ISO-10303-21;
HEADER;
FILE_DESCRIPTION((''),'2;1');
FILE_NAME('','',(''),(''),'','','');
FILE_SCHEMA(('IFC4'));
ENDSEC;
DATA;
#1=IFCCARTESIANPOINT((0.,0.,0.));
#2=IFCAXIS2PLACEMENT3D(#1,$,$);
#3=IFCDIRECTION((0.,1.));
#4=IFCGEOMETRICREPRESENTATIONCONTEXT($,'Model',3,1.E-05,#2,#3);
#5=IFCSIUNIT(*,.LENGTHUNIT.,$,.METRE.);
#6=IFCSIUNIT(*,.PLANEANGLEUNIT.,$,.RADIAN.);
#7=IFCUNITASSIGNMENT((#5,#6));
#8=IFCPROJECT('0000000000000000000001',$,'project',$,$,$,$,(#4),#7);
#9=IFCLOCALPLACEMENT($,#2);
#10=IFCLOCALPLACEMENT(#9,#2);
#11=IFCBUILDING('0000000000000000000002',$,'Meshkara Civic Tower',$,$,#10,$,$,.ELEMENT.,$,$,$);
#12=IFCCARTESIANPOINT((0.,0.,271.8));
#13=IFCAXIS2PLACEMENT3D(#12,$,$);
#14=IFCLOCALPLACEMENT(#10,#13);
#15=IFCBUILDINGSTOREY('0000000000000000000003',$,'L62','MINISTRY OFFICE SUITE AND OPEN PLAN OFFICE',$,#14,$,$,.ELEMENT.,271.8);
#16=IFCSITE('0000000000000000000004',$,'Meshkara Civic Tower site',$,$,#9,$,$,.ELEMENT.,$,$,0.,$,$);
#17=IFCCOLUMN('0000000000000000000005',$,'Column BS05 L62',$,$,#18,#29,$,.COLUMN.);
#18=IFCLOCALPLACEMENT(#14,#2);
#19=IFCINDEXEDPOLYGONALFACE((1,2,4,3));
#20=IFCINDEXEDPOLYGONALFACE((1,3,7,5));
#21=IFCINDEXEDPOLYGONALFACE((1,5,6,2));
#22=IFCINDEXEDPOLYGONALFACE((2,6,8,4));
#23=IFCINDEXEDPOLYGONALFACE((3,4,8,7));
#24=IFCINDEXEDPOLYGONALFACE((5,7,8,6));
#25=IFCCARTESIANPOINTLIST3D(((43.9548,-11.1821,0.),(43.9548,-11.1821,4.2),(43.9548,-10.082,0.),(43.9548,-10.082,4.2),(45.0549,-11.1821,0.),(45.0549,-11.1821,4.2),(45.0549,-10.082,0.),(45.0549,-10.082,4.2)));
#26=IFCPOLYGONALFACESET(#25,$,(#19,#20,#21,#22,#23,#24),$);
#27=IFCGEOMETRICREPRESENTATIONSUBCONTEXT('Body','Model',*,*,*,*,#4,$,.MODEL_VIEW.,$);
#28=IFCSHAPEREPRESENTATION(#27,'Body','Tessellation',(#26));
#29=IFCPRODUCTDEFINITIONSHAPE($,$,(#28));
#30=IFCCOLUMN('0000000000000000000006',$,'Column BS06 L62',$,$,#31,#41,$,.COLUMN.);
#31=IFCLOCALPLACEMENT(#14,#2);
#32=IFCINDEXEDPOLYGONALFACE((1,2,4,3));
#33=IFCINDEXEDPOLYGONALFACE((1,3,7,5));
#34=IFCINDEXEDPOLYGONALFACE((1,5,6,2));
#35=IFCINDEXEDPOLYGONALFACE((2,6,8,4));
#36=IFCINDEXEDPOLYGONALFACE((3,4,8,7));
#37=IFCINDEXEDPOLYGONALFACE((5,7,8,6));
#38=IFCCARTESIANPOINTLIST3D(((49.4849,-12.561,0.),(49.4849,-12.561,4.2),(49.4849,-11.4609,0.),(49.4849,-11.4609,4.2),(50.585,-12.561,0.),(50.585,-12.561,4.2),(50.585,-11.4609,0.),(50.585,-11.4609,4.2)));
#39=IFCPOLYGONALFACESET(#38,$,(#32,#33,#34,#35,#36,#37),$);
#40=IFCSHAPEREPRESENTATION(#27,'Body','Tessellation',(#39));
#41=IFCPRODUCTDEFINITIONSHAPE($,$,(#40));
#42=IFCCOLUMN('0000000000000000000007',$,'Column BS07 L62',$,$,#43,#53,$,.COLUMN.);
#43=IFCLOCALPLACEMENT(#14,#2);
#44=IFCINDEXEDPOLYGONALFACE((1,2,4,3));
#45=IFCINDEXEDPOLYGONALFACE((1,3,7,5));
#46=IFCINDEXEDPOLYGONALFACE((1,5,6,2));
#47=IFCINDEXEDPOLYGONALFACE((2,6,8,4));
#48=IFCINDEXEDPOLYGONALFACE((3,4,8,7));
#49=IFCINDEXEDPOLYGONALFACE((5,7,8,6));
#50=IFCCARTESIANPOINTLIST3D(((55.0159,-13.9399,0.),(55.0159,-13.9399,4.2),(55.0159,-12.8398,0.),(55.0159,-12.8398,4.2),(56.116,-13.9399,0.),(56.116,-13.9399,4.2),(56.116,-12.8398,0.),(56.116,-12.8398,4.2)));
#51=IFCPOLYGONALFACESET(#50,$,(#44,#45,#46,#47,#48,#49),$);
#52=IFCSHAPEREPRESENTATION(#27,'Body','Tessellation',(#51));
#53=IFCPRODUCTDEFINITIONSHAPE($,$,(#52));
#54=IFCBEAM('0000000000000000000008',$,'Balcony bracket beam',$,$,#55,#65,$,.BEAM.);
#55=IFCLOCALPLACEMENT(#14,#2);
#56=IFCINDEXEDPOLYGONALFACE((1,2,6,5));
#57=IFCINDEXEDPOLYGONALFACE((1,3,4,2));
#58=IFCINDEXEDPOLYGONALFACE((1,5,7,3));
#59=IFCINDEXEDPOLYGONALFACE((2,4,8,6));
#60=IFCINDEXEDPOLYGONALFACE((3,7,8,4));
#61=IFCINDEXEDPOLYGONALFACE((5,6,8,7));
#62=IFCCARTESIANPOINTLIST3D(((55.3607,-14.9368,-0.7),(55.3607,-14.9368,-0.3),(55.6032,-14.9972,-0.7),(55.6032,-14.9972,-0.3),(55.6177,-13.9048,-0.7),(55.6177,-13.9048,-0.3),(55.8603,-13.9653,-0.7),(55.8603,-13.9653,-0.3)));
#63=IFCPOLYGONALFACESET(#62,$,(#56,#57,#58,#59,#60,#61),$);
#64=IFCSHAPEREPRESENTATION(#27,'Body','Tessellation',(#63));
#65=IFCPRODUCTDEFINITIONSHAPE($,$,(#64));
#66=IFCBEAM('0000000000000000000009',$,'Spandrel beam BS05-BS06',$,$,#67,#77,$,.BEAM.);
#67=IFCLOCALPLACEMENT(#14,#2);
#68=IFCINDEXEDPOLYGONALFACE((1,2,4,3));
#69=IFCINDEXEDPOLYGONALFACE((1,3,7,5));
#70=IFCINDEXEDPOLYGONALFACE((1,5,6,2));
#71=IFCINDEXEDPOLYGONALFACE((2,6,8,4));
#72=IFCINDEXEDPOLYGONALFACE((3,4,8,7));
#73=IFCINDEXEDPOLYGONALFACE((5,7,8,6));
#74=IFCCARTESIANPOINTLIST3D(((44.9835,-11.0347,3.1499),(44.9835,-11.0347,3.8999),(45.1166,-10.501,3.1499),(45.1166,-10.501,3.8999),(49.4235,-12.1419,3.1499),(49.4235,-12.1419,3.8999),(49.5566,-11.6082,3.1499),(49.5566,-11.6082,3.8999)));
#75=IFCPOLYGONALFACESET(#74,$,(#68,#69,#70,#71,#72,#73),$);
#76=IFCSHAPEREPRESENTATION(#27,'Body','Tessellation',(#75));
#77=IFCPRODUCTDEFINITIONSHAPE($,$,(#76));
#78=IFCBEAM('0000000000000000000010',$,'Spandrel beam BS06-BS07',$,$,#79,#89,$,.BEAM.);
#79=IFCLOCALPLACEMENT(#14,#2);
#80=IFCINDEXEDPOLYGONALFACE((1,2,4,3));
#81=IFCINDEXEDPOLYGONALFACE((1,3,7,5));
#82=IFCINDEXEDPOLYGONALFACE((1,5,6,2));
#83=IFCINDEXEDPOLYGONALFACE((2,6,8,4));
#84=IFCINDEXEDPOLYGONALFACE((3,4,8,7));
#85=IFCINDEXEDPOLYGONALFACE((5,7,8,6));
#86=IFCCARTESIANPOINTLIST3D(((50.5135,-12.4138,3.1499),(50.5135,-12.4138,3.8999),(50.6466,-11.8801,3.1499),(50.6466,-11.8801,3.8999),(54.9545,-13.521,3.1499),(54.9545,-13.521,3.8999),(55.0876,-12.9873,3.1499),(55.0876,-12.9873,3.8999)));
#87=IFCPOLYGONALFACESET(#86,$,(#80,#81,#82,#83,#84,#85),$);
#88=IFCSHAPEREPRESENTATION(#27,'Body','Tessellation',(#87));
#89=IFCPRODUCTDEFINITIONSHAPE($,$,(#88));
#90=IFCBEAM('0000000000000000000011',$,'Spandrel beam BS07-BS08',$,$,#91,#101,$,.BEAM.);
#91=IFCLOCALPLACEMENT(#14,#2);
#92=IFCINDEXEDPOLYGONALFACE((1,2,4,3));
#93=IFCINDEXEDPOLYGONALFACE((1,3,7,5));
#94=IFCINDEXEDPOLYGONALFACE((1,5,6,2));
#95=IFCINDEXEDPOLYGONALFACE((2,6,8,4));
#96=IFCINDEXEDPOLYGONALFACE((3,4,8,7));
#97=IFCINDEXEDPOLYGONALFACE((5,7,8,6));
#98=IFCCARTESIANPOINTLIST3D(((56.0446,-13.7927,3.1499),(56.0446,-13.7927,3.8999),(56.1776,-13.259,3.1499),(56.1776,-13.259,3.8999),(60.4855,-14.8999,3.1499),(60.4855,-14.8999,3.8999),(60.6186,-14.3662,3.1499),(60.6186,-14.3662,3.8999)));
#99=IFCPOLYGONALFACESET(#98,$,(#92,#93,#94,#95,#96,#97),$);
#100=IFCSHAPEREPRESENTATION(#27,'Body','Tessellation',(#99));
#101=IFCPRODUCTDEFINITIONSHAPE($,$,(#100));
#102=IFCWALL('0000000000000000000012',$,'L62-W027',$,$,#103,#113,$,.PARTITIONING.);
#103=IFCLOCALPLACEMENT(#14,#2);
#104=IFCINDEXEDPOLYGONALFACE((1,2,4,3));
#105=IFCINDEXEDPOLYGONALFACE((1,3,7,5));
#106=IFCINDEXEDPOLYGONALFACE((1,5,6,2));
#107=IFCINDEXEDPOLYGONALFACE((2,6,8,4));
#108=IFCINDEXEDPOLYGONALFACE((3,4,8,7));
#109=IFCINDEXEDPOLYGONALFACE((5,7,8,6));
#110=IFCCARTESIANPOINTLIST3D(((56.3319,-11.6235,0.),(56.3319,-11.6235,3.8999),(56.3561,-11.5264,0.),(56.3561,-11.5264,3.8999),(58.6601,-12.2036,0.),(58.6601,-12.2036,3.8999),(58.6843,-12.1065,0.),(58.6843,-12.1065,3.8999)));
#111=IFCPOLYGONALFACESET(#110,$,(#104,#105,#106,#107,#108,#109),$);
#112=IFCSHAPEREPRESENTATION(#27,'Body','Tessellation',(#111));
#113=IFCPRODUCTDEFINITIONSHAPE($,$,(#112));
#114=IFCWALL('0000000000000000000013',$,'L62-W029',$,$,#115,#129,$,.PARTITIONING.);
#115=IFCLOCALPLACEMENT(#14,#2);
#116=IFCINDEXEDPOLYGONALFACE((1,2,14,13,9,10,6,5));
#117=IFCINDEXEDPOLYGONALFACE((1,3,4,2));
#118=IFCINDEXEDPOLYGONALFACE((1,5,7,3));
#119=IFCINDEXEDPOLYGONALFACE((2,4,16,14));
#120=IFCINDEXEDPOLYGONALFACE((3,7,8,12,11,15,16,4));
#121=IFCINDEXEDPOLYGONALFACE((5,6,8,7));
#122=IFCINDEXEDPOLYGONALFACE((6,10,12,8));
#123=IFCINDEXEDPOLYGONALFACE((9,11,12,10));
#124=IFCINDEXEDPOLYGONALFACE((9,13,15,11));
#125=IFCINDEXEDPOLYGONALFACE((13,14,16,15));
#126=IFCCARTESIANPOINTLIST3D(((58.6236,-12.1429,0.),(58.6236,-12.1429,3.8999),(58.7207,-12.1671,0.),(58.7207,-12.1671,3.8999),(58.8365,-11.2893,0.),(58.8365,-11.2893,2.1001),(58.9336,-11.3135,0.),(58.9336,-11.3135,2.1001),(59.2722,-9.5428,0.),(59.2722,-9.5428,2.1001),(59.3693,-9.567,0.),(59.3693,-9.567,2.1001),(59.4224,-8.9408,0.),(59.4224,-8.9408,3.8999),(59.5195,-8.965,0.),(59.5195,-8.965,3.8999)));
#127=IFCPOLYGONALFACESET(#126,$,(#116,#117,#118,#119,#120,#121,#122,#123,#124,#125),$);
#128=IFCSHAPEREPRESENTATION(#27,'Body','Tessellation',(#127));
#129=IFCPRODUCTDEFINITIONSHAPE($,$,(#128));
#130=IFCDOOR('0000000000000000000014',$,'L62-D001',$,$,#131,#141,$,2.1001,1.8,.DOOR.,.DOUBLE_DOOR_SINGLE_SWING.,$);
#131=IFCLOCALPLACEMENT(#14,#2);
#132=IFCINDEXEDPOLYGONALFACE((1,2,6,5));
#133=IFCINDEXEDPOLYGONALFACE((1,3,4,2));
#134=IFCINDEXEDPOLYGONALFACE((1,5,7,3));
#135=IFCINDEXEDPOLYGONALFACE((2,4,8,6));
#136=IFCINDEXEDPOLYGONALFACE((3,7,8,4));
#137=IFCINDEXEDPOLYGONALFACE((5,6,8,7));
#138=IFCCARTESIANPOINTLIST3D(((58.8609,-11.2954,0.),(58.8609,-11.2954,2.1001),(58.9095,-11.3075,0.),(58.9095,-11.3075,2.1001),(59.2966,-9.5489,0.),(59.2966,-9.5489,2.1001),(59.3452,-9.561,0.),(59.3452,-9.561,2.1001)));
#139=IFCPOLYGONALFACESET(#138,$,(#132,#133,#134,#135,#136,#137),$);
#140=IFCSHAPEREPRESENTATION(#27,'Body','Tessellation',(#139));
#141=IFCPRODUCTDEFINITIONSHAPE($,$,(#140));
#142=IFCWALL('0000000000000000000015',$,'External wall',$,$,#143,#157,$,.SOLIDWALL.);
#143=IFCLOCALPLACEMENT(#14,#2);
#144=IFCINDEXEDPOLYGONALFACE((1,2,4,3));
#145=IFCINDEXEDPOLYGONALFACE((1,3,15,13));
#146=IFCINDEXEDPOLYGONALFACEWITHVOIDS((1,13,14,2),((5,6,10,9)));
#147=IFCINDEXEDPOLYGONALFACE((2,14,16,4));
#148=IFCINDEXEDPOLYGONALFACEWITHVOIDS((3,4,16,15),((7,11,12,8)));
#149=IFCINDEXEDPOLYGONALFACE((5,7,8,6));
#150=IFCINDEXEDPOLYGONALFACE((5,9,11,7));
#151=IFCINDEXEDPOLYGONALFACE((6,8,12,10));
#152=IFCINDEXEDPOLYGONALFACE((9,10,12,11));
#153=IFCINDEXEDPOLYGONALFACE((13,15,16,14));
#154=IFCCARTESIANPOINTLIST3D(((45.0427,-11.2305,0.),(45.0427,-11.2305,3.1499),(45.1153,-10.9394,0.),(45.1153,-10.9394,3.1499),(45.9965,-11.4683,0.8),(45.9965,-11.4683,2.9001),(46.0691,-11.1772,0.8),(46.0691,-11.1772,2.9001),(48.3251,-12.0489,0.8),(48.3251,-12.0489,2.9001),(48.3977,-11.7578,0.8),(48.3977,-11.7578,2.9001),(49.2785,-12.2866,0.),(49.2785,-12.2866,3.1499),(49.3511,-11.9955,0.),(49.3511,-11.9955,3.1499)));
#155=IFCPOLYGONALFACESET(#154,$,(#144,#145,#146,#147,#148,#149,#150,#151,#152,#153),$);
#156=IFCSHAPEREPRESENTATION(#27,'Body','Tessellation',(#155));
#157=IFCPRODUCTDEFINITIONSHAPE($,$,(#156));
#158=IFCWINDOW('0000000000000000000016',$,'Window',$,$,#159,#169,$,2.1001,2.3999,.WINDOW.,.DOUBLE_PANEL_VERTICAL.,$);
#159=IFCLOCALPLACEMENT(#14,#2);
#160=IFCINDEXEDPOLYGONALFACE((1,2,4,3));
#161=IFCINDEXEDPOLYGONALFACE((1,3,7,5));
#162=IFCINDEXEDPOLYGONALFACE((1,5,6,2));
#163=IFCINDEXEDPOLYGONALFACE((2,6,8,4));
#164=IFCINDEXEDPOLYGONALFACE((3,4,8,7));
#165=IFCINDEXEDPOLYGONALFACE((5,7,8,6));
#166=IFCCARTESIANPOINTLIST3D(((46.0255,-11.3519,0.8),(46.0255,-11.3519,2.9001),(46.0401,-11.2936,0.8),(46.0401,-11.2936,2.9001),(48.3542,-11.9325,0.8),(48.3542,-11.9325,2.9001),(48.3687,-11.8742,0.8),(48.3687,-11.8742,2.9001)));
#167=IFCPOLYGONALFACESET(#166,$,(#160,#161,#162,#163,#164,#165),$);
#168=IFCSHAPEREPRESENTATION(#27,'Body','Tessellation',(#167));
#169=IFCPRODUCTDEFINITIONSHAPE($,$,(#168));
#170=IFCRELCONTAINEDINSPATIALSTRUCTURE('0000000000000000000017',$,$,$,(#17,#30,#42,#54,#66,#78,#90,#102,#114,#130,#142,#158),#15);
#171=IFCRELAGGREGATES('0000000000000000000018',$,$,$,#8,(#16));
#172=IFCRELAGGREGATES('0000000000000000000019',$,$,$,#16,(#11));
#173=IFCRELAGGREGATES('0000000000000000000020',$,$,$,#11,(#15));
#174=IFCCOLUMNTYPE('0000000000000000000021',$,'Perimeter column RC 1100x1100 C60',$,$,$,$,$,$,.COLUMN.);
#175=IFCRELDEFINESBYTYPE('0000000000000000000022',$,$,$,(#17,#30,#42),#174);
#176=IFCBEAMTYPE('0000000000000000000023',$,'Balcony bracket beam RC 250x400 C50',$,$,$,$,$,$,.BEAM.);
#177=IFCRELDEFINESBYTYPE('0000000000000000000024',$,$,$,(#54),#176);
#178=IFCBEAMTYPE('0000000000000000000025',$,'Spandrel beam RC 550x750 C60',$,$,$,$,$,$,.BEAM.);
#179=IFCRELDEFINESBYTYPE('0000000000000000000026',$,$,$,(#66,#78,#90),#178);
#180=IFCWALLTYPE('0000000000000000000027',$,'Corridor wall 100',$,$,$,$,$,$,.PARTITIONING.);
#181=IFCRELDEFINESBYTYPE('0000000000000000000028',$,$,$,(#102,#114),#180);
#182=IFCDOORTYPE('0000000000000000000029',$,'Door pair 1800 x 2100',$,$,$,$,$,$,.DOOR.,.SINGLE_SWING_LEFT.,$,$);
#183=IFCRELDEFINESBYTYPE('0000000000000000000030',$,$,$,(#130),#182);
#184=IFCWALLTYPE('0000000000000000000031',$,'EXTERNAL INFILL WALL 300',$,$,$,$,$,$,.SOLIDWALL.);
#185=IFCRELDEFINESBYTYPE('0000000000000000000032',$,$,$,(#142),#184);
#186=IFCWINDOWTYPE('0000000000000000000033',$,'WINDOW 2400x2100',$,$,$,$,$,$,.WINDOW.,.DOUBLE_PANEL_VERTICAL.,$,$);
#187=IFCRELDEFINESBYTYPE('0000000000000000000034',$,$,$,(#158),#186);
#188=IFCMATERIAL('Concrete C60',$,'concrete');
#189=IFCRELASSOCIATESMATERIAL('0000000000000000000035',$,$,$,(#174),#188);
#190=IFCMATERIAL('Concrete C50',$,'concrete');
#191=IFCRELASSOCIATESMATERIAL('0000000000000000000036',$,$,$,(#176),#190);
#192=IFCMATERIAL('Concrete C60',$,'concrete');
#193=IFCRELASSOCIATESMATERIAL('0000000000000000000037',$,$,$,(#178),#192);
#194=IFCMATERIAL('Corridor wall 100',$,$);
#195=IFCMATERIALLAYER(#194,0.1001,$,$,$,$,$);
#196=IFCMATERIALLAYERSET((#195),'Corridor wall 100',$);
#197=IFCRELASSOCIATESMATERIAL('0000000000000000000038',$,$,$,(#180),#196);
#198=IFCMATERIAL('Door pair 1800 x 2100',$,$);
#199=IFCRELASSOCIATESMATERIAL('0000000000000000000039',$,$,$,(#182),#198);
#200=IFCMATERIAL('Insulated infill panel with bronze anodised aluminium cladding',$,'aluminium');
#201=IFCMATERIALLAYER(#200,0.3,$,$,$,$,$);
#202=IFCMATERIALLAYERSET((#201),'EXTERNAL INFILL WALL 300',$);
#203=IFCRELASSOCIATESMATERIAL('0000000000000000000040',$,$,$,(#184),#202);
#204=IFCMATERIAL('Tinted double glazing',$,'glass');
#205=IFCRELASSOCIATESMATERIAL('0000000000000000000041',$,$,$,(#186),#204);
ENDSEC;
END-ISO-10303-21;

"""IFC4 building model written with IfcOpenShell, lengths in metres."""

from ifc_helpers import new_model, si_unit, direction, frame, frame_2d, origin, origin_2d, place, context, subcontext, project, spatial, rectangle, extrude, material, layer, layer_set, material_profile, profile_set, type_object, element, fill, save


model = new_model("IFC4")

# Units and contexts
model_context = context("Model", 3, precision=1e-05, world=origin(), true_north=direction((0.0, 1.0)))
body_context = subcontext(model_context, "Body", "Model", "MODEL_VIEW")
ifc_project = project(units=[si_unit("LENGTHUNIT", "METRE"), si_unit("PLANEANGLEUNIT", "RADIAN")], contexts=[model_context])

# Site, building, storey
site_placement = place(None, origin())
site = spatial("IfcSite", under=ifc_project, at=site_placement, Name="Meshkara Civic Tower site", CompositionType="ELEMENT", RefElevation=0.0)
building_placement = place(site_placement, origin())
building = spatial("IfcBuilding", under=site, at=building_placement, Name="Meshkara Civic Tower", CompositionType="ELEMENT")
storey_placement = place(building_placement, frame((0.0, 0.0, 271.8)))
storey = spatial("IfcBuildingStorey", under=building, at=storey_placement, Name="L62", Description="MINISTRY OFFICE SUITE AND OPEN PLAN OFFICE", CompositionType="ELEMENT", Elevation=271.8)

# Columns
ifc_material_1 = material(Name="Concrete C60", Category="concrete")
ifc_material_profile_1 = material_profile(ifc_material_1, rectangle(XDim=1.1001, YDim=1.1001, at=origin_2d()))
ifc_profile_set_1 = profile_set([ifc_material_profile_1], Name="Concrete C60")
column_type = type_object("IfcColumnType", Name="Perimeter column RC 1100x1100 C60", PredefinedType="COLUMN", material=ifc_profile_set_1)
for number, where, z_axis, x_axis, name in (
    (1, (44.5049, -10.6321, 0.0), (0.0, 0.0, 1.0), (1.0, 0.0, 0.0), "Column BS05 L62"),
    (2, (50.0349, -12.011, 0.0), (0.0, 0.0, 1.0), (1.0, 0.0, 0.0), "Column BS06 L62"),
    (3, (55.5659, -13.3899, 0.0), (0.0, 0.0, 1.0), (1.0, 0.0, 0.0), "Column BS07 L62"),
):
    element("IfcColumn", number, at=place(storey_placement, frame(where, z_axis=z_axis, x_axis=x_axis)), inside=storey, type_object=column_type, Name=name, PredefinedType="COLUMN", context=body_context, shape_type="SweptSolid", body=[
        extrude(rectangle(XDim=1.1001, YDim=1.1001, at=origin_2d()), origin(), (0.0, 0.0, 1.0), 4.2),
    ])

# Beams
ifc_material_2 = material(Name="Concrete C50", Category="concrete")
ifc_material_profile_2 = material_profile(ifc_material_2, rectangle(XDim=0.25, YDim=0.3999, at=origin_2d()))
ifc_profile_set_2 = profile_set([ifc_material_profile_2], Name="Concrete C50")
beam_type_1 = type_object("IfcBeamType", Name="Balcony bracket beam RC 250x400 C50", PredefinedType="BEAM", material=ifc_profile_set_2)
beam_1_placement = place(storey_placement, frame((55.739, -13.9351, -0.5), z_axis=(-0.241725, -0.970345, 0.0), x_axis=(0.970345, -0.241725, 0.0)))
element("IfcBeam", 4, at=beam_1_placement, inside=storey, type_object=beam_type_1, Name="Balcony bracket beam", PredefinedType="BEAM", context=body_context, shape_type="SweptSolid", body=[
    extrude(rectangle(XDim=0.25, YDim=0.3999, at=origin_2d()), origin(), (0.0, 0.0, 1.0), 1.0635),
])
ifc_material_3 = material(Name="Concrete C60", Category="concrete")
ifc_material_profile_3 = material_profile(ifc_material_3, rectangle(XDim=0.55, YDim=0.75, at=origin_2d()))
ifc_profile_set_3 = profile_set([ifc_material_profile_3], Name="Concrete C60")
beam_type_2 = type_object("IfcBeamType", Name="Spandrel beam RC 550x750 C60", PredefinedType="BEAM", material=ifc_profile_set_3)
beam_2_placement = place(storey_placement, frame((45.05, -10.7678, 3.5249), z_axis=(0.970287, -0.241958, 0.0), x_axis=(0.241958, 0.970287, 0.0)))
element("IfcBeam", 5, at=beam_2_placement, inside=storey, type_object=beam_type_2, Name="Spandrel beam BS05-BS06", PredefinedType="BEAM", context=body_context, shape_type="SweptSolid", body=[
    extrude(rectangle(XDim=0.55, YDim=0.75, at=origin_2d()), origin(), (0.0, 0.0, 1.0), 4.5759),
])
for number, where, z_axis, x_axis, name in (
    (6, (50.5801, -12.147, 3.5249), (0.970299, -0.241908, 0.0), (0.241908, 0.970299, 0.0), "Spandrel beam BS06-BS07"),
    (7, (56.1111, -13.5259, 3.5249), (0.970299, -0.241908, 0.0), (0.241908, 0.970299, 0.0), "Spandrel beam BS07-BS08"),
):
    element("IfcBeam", number, at=place(storey_placement, frame(where, z_axis=z_axis, x_axis=x_axis)), inside=storey, type_object=beam_type_2, Name=name, PredefinedType="BEAM", context=body_context, shape_type="SweptSolid", body=[
        extrude(rectangle(XDim=0.55, YDim=0.75, at=origin_2d()), origin(), (0.0, 0.0, 1.0), 4.5769),
    ])

# Wall
ifc_material_4 = material(Name="Corridor wall 100")
ifc_layer_1 = layer(ifc_material_4, 0.1001)
ifc_layer_set_1 = layer_set([ifc_layer_1], Name="Corridor wall 100")
wall_type_1 = type_object("IfcWallType", Name="Corridor wall 100", PredefinedType="PARTITIONING", material=ifc_layer_set_1)
wall_1_placement = place(storey_placement, frame((56.344, -11.575, 0.0), z_axis=(0.0, 0.0, 1.0), x_axis=(0.970334, -0.241769, 0.0)))
element("IfcWall", 8, at=wall_1_placement, inside=storey, type_object=wall_type_1, Name="L62-W027", PredefinedType="PARTITIONING", context=body_context, shape_type="SweptSolid", body=[
    extrude(rectangle(XDim=2.3994, YDim=0.1001, at=frame_2d((1.1997, 0.0))), origin(), (0.0, 0.0, 1.0), 3.8999),
])

# Wall, opening, door
wall_2_placement = place(storey_placement, frame((58.6721, -12.155, 0.0), z_axis=(0.0, 0.0, 1.0), x_axis=(0.242048, 0.970264, 0.0)))
wall_2 = element("IfcWall", 9, at=wall_2_placement, inside=storey, type_object=wall_type_1, Name="L62-W029", PredefinedType="PARTITIONING", context=body_context, shape_type="SweptSolid", body=[
    extrude(rectangle(XDim=3.3003, YDim=0.1001, at=frame_2d((1.6501, 0.0))), origin(), (0.0, 0.0, 1.0), 3.8999),
])
opening_1_placement = place(wall_2_placement, frame((0.8799, 0.0, 0.0)))
opening_1 = element("IfcOpeningElement", 10, at=opening_1_placement, cuts=wall_2, PredefinedType="OPENING", context=body_context, shape_type="SweptSolid", body=[
    extrude(rectangle(XDim=1.8, YDim=2.1001, at=frame_2d((0.8999, 1.05))), frame((0.0, 0.0601, 0.0), z_axis=(0.0, -1.0, 0.0), x_axis=(1.0, 0.0, 0.0)), (0.0, 0.0, 1.0), 0.1201),
])
ifc_material_5 = material(Name="Door pair 1800 x 2100")
door_type_1 = type_object("IfcDoorType", Name="Door pair 1800 x 2100", OperationType="SINGLE_SWING_LEFT", PredefinedType="DOOR", material=ifc_material_5)
door_1_placement = place(opening_1_placement, origin())
door_1 = element("IfcDoor", 11, at=door_1_placement, inside=storey, type_object=door_type_1, Name="L62-D001", OperationType="DOUBLE_DOOR_SINGLE_SWING", OverallHeight=2.1001, OverallWidth=1.8, PredefinedType="DOOR", context=body_context, shape_type="SweptSolid", body=[
    extrude(rectangle(XDim=1.8, YDim=2.1001, at=frame_2d((0.8999, 1.05))), frame((0.0, 0.0249, 0.0), z_axis=(0.0, -1.0, 0.0), x_axis=(1.0, 0.0, 0.0)), (0.0, 0.0, 1.0), 0.05),
])
fill(opening_1, door_1)

# Wall, opening, window
ifc_material_6 = material(Name="Insulated infill panel with bronze anodised aluminium cladding", Category="aluminium")
ifc_layer_2 = layer(ifc_material_6, 0.3)
ifc_layer_set_2 = layer_set([ifc_layer_2], Name="EXTERNAL INFILL WALL 300")
wall_type_2 = type_object("IfcWallType", Name="EXTERNAL INFILL WALL 300", PredefinedType="SOLIDWALL", material=ifc_layer_set_2)
wall_3_placement = place(storey_placement, frame((45.0791, -11.085, 0.0), z_axis=(0.0, 0.0, 1.0), x_axis=(0.970294, -0.24193, 0.0)))
wall_3 = element("IfcWall", 12, at=wall_3_placement, inside=storey, type_object=wall_type_2, Name="External wall", PredefinedType="SOLIDWALL", context=body_context, shape_type="SweptSolid", body=[
    extrude(rectangle(XDim=4.3655, YDim=0.3, at=frame_2d((2.1826, 0.0))), origin(), (0.0, 0.0, 1.0), 3.1499),
])
opening_2_placement = place(wall_3_placement, frame((0.9829, 0.0, 0.8)))
opening_2 = element("IfcOpeningElement", 13, at=opening_2_placement, cuts=wall_3, PredefinedType="OPENING", context=body_context, shape_type="SweptSolid", body=[
    extrude(rectangle(XDim=2.3999, YDim=2.1001, at=frame_2d((1.2, 1.05))), frame((0.0, 0.1599, 0.0), z_axis=(0.0, -1.0, 0.0), x_axis=(1.0, 0.0, 0.0)), (0.0, 0.0, 1.0), 0.3201),
])
ifc_material_7 = material(Name="Tinted double glazing", Category="glass")
window_type = type_object("IfcWindowType", Name="WINDOW 2400x2100", PartitioningType="DOUBLE_PANEL_VERTICAL", PredefinedType="WINDOW", material=ifc_material_7)
window_1_placement = place(opening_2_placement, origin())
window_1 = element("IfcWindow", 14, at=window_1_placement, inside=storey, type_object=window_type, Name="Window", OverallHeight=2.1001, OverallWidth=2.3999, PartitioningType="DOUBLE_PANEL_VERTICAL", PredefinedType="WINDOW", context=body_context, shape_type="SweptSolid", body=[
    extrude(rectangle(XDim=2.3999, YDim=2.1001, at=frame_2d((1.2, 1.05))), frame((0.0, 0.03, 0.0), z_axis=(0.0, -1.0, 0.0), x_axis=(1.0, 0.0, 0.0)), (0.0, 0.0, 1.0), 0.0601),
])
fill(opening_2, window_1)

save(model, "model.ifc")
